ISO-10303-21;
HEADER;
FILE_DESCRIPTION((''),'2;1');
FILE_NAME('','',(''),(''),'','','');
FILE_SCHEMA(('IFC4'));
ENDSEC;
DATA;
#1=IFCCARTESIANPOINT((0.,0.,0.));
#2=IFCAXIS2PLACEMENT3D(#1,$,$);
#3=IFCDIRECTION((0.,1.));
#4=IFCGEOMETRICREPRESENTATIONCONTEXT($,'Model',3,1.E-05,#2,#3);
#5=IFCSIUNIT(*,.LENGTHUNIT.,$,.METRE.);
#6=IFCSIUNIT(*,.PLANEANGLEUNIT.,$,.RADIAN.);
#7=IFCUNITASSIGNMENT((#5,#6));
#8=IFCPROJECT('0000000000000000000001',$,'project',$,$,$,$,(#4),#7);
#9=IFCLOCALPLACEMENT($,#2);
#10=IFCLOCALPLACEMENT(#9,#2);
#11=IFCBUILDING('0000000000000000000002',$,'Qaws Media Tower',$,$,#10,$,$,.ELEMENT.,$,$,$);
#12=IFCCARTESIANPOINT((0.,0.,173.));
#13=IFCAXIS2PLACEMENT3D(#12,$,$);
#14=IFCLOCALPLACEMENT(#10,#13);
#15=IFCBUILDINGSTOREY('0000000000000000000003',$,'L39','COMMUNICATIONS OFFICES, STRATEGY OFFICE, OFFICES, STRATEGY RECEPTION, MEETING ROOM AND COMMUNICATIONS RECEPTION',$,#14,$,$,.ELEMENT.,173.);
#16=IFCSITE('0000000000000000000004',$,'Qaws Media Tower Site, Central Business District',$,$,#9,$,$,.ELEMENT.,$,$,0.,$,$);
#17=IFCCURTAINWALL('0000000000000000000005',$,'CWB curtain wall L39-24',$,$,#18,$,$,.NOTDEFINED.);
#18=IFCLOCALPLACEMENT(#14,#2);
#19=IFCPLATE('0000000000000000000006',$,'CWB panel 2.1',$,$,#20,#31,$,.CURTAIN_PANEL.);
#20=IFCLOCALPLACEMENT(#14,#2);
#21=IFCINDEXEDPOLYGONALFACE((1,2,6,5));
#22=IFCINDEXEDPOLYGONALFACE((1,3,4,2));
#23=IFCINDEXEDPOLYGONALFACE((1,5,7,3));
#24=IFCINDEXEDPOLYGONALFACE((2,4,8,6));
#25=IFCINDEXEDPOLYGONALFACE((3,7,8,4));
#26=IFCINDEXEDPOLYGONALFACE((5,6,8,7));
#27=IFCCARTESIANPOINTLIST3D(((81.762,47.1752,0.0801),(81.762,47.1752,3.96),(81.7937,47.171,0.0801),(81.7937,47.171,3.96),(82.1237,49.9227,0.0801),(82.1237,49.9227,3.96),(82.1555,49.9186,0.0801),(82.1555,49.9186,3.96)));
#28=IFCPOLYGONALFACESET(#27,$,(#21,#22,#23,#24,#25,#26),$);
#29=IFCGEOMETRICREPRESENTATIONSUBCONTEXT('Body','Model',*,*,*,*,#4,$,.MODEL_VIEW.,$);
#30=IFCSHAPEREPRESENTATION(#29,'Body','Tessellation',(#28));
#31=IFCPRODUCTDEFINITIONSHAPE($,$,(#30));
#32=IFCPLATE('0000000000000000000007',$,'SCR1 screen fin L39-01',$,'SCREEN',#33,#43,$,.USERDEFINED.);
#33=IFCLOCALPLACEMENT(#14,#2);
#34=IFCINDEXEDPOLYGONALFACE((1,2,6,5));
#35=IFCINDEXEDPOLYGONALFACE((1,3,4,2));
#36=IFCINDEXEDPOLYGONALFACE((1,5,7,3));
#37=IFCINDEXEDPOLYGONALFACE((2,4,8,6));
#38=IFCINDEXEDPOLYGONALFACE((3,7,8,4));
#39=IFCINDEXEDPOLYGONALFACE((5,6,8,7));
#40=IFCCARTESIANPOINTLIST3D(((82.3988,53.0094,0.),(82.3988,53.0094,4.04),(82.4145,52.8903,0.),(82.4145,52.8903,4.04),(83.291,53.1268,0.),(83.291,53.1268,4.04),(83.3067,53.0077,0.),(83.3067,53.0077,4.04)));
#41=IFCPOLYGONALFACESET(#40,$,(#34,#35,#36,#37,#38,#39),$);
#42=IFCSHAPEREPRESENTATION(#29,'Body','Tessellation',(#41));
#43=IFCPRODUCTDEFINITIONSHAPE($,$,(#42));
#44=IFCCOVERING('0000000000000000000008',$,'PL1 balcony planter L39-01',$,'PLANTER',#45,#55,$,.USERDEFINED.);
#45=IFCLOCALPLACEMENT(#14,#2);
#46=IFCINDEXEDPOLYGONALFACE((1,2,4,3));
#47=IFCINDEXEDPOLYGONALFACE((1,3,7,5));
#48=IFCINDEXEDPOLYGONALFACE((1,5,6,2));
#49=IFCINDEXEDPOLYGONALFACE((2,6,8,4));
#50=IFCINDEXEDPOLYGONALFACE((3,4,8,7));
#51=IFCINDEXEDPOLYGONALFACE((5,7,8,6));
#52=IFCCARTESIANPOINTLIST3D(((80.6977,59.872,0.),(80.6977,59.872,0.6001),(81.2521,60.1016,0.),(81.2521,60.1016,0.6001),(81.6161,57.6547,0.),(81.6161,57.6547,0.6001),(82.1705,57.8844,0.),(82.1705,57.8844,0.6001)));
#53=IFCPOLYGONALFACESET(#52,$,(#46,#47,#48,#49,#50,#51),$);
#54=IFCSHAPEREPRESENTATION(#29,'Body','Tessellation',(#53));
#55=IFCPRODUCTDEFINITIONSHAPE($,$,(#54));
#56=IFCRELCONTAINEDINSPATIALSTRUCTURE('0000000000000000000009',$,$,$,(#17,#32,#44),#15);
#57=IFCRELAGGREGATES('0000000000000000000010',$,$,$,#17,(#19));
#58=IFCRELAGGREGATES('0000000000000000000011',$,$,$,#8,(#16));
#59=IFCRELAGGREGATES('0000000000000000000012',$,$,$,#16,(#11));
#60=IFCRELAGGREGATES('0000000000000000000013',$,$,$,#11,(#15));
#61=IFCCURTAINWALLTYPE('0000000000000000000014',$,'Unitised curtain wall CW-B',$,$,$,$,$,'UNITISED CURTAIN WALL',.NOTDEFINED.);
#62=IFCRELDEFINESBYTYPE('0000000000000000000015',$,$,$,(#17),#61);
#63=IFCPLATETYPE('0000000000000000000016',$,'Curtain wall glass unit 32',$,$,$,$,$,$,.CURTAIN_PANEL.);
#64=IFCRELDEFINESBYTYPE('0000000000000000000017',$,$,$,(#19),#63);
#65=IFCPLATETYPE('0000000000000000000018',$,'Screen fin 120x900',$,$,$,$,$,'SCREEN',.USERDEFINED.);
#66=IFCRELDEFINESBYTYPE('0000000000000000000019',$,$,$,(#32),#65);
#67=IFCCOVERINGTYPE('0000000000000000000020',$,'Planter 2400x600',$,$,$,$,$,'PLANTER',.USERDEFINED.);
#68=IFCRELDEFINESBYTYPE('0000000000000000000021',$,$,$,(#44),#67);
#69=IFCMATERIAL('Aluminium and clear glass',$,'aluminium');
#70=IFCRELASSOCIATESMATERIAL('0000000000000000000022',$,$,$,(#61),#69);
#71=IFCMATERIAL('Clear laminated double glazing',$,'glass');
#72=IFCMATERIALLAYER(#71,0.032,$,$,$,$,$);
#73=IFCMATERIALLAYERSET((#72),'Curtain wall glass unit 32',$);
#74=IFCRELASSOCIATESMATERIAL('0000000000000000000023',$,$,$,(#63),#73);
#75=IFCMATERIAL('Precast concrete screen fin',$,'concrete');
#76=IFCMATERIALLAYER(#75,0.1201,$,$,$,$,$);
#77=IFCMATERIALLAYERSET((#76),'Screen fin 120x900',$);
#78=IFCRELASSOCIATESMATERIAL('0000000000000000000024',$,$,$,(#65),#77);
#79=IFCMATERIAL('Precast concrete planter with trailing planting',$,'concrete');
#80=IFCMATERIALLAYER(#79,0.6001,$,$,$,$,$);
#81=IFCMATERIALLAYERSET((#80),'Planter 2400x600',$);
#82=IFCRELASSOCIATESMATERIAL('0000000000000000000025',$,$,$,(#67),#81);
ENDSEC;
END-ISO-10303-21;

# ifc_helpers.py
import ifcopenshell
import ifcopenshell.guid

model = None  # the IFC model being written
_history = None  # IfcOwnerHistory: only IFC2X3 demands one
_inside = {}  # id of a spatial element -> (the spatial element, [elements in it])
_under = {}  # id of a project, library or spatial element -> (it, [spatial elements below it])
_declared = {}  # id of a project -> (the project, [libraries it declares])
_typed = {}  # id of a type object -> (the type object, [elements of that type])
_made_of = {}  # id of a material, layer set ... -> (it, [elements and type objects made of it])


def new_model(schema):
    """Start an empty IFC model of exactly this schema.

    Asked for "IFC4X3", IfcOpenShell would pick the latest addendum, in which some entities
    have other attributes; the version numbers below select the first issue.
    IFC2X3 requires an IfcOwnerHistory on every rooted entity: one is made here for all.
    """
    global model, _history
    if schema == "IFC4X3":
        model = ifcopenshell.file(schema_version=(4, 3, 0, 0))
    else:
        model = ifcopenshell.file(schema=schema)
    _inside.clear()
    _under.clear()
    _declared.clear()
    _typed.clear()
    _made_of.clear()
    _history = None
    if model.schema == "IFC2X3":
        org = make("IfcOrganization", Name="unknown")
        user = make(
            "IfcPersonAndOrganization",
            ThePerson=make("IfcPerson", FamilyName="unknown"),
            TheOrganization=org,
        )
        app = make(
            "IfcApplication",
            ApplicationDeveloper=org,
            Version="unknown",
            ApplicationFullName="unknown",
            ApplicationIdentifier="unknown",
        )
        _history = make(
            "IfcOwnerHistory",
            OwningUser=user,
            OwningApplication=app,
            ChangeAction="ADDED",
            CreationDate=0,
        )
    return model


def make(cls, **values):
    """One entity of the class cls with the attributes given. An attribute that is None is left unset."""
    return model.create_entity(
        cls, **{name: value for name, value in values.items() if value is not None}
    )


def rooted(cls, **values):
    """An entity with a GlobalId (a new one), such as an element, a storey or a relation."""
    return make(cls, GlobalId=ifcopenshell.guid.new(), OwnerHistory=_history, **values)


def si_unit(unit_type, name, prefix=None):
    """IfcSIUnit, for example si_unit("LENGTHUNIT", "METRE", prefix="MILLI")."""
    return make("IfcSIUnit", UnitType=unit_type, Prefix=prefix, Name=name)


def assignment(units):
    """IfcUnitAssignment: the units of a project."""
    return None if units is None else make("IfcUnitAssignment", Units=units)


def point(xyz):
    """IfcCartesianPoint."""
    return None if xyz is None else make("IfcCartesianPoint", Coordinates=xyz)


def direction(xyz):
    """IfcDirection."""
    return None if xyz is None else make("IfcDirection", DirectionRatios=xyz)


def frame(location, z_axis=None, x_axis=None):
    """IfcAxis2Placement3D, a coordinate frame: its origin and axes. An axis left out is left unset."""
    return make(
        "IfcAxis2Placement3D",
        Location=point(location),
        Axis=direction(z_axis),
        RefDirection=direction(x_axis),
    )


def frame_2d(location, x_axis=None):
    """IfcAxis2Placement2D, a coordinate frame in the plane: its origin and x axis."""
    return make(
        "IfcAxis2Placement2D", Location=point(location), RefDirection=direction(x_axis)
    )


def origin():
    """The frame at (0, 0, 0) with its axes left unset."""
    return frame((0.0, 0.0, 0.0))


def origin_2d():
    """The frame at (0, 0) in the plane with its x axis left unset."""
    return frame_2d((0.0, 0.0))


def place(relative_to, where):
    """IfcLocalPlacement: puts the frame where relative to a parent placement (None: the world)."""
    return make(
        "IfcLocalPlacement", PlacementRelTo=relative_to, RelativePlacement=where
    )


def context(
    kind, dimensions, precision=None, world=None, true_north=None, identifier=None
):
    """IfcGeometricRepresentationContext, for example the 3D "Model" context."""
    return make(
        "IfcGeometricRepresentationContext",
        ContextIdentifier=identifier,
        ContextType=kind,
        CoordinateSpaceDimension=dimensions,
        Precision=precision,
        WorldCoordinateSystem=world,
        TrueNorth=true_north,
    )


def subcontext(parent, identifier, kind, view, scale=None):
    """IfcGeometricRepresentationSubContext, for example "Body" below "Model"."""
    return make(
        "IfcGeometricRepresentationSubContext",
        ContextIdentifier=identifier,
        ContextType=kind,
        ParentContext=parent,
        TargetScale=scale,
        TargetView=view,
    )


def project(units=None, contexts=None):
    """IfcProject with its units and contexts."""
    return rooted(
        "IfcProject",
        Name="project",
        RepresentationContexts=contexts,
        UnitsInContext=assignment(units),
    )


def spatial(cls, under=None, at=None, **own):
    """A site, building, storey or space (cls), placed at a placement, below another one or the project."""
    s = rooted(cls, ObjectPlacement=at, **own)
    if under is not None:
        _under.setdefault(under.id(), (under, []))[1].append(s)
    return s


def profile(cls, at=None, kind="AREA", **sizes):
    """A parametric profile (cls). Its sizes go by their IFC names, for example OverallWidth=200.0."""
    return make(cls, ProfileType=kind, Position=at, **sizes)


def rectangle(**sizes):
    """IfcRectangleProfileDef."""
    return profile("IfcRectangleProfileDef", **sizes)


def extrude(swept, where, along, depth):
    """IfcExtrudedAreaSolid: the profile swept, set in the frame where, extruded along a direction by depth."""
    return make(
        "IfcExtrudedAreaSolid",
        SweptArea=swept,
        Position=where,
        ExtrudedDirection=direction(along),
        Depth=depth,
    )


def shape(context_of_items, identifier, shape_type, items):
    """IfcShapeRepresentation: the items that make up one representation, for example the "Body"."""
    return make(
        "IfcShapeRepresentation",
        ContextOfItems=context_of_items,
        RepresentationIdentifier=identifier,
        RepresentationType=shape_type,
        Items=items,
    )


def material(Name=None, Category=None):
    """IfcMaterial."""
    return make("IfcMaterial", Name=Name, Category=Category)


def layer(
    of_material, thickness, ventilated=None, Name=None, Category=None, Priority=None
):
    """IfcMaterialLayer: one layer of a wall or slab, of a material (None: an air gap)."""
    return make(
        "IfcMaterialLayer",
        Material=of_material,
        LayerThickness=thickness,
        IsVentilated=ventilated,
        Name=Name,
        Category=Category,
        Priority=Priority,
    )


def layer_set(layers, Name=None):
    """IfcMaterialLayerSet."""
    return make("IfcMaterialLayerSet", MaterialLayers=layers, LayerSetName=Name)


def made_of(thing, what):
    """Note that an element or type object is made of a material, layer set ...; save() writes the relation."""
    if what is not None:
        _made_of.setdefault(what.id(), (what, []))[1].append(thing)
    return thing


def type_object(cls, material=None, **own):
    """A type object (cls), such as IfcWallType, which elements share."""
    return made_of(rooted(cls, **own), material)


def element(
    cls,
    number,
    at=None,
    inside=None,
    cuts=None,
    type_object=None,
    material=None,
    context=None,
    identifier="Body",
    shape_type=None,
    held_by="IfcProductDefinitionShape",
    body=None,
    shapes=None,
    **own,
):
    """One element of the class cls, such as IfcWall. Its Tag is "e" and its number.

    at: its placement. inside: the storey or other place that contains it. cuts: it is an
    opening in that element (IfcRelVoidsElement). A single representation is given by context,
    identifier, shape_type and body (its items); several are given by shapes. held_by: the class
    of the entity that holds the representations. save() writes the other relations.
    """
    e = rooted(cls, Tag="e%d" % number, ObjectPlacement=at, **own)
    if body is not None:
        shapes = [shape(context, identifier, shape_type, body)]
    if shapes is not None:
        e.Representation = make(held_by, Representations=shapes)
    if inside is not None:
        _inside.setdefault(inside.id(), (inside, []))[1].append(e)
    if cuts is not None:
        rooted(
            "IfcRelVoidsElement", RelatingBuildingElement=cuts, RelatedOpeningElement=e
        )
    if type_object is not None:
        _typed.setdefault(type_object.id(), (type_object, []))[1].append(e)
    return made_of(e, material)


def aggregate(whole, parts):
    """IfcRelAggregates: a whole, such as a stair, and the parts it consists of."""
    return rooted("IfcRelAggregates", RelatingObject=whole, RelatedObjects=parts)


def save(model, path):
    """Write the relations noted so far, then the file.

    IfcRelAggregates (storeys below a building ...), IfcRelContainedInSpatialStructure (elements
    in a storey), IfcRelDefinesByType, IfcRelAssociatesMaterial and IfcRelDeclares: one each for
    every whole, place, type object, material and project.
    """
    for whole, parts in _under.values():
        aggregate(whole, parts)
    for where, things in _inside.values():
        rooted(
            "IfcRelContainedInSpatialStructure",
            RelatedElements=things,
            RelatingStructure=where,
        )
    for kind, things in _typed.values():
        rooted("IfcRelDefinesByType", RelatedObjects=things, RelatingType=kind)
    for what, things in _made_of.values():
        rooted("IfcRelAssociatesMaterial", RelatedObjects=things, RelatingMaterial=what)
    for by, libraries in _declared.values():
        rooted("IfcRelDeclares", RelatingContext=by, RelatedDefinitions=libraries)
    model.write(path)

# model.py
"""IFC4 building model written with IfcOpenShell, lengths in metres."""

from ifc_helpers import new_model, si_unit, direction, frame, origin, origin_2d, place, context, subcontext, project, spatial, rectangle, extrude, material, layer, layer_set, type_object, element, aggregate, save


model = new_model("IFC4")

# Units and contexts
model_context = context("Model", 3, precision=1e-05, world=origin(), true_north=direction((0.0, 1.0)))
body_context = subcontext(model_context, "Body", "Model", "MODEL_VIEW")
ifc_project = project(units=[si_unit("LENGTHUNIT", "METRE"), si_unit("PLANEANGLEUNIT", "RADIAN")], contexts=[model_context])

# Site, building, storey
site_placement = place(None, origin())
site = spatial("IfcSite", under=ifc_project, at=site_placement, Name="Qaws Media Tower Site, Central Business District", CompositionType="ELEMENT", RefElevation=0.0)
building_placement = place(site_placement, origin())
building = spatial("IfcBuilding", under=site, at=building_placement, Name="Qaws Media Tower", CompositionType="ELEMENT")
storey_placement = place(building_placement, frame((0.0, 0.0, 173.0)))
storey = spatial("IfcBuildingStorey", under=building, at=storey_placement, Name="L39", Description="COMMUNICATIONS OFFICES, STRATEGY OFFICE, OFFICES, STRATEGY RECEPTION, MEETING ROOM AND COMMUNICATIONS RECEPTION", CompositionType="ELEMENT", Elevation=173.0)

# Curtain wall
ifc_material_1 = material(Name="Aluminium and clear glass", Category="aluminium")
curtain_wall_type = type_object("IfcCurtainWallType", Name="Unitised curtain wall CW-B", ElementType="UNITISED CURTAIN WALL", PredefinedType="NOTDEFINED", material=ifc_material_1)
curtain_wall_1_placement = place(storey_placement, origin())
curtain_wall_1 = element("IfcCurtainWall", 1, at=curtain_wall_1_placement, inside=storey, type_object=curtain_wall_type, Name="CWB curtain wall L39-24", PredefinedType="NOTDEFINED")

# Plates
ifc_material_2 = material(Name="Clear laminated double glazing", Category="glass")
ifc_layer_1 = layer(ifc_material_2, 0.032)
ifc_layer_set_1 = layer_set([ifc_layer_1], Name="Curtain wall glass unit 32")
plate_type_1 = type_object("IfcPlateType", Name="Curtain wall glass unit 32", PredefinedType="CURTAIN_PANEL", material=ifc_layer_set_1)
plate_1_placement = place(storey_placement, frame((81.9587, 48.5469, 0.0801), z_axis=(0.0, 0.0, 1.0), x_axis=(0.130526, 0.991445, 0.0)))
plate_1 = element("IfcPlate", 2, at=plate_1_placement, type_object=plate_type_1, Name="CWB panel 2.1", PredefinedType="CURTAIN_PANEL", context=body_context, shape_type="SweptSolid", body=[
    extrude(rectangle(XDim=2.7712, YDim=0.032, at=origin_2d()), origin(), (0.0, 0.0, 1.0), 3.8799),
])
aggregate(curtain_wall_1, [plate_1])
ifc_material_3 = material(Name="Precast concrete screen fin", Category="concrete")
ifc_layer_2 = layer(ifc_material_3, 0.1201)
ifc_layer_set_2 = layer_set([ifc_layer_2], Name="Screen fin 120x900")
plate_type_2 = type_object("IfcPlateType", Name="Screen fin 120x900", ElementType="SCREEN", PredefinedType="USERDEFINED", material=ifc_layer_set_2)
plate_2_placement = place(storey_placement, frame((82.8528, 53.0085, 0.0), z_axis=(0.0, 0.0, 1.0), x_axis=(0.991445, 0.130526, 0.0)))
element("IfcPlate", 3, at=plate_2_placement, inside=storey, type_object=plate_type_2, Name="SCR1 screen fin L39-01", ObjectType="SCREEN", PredefinedType="USERDEFINED", context=body_context, shape_type="SweptSolid", body=[
    extrude(rectangle(XDim=0.8999, YDim=0.1201, at=origin_2d()), origin(), (0.0, 0.0, 1.0), 4.04),
])

# Covering
ifc_material_4 = material(Name="Precast concrete planter with trailing planting", Category="concrete")
ifc_layer_3 = layer(ifc_material_4, 0.6001)
ifc_layer_set_3 = layer_set([ifc_layer_3], Name="Planter 2400x600")
covering_type = type_object("IfcCoveringType", Name="Planter 2400x600", ElementType="PLANTER", PredefinedType="USERDEFINED", material=ifc_layer_set_3)
covering_placement = place(storey_placement, frame((81.4341, 58.8782, 0.0), z_axis=(0.0, 0.0, 1.0), x_axis=(-0.382683, 0.92388, 0.0)))
element("IfcCovering", 4, at=covering_placement, inside=storey, type_object=covering_type, Name="PL1 balcony planter L39-01", ObjectType="PLANTER", PredefinedType="USERDEFINED", context=body_context, shape_type="SweptSolid", body=[
    extrude(rectangle(XDim=2.3999, YDim=0.6001, at=origin_2d()), origin(), (0.0, 0.0, 1.0), 0.6001),
])

save(model, "model.ifc")
